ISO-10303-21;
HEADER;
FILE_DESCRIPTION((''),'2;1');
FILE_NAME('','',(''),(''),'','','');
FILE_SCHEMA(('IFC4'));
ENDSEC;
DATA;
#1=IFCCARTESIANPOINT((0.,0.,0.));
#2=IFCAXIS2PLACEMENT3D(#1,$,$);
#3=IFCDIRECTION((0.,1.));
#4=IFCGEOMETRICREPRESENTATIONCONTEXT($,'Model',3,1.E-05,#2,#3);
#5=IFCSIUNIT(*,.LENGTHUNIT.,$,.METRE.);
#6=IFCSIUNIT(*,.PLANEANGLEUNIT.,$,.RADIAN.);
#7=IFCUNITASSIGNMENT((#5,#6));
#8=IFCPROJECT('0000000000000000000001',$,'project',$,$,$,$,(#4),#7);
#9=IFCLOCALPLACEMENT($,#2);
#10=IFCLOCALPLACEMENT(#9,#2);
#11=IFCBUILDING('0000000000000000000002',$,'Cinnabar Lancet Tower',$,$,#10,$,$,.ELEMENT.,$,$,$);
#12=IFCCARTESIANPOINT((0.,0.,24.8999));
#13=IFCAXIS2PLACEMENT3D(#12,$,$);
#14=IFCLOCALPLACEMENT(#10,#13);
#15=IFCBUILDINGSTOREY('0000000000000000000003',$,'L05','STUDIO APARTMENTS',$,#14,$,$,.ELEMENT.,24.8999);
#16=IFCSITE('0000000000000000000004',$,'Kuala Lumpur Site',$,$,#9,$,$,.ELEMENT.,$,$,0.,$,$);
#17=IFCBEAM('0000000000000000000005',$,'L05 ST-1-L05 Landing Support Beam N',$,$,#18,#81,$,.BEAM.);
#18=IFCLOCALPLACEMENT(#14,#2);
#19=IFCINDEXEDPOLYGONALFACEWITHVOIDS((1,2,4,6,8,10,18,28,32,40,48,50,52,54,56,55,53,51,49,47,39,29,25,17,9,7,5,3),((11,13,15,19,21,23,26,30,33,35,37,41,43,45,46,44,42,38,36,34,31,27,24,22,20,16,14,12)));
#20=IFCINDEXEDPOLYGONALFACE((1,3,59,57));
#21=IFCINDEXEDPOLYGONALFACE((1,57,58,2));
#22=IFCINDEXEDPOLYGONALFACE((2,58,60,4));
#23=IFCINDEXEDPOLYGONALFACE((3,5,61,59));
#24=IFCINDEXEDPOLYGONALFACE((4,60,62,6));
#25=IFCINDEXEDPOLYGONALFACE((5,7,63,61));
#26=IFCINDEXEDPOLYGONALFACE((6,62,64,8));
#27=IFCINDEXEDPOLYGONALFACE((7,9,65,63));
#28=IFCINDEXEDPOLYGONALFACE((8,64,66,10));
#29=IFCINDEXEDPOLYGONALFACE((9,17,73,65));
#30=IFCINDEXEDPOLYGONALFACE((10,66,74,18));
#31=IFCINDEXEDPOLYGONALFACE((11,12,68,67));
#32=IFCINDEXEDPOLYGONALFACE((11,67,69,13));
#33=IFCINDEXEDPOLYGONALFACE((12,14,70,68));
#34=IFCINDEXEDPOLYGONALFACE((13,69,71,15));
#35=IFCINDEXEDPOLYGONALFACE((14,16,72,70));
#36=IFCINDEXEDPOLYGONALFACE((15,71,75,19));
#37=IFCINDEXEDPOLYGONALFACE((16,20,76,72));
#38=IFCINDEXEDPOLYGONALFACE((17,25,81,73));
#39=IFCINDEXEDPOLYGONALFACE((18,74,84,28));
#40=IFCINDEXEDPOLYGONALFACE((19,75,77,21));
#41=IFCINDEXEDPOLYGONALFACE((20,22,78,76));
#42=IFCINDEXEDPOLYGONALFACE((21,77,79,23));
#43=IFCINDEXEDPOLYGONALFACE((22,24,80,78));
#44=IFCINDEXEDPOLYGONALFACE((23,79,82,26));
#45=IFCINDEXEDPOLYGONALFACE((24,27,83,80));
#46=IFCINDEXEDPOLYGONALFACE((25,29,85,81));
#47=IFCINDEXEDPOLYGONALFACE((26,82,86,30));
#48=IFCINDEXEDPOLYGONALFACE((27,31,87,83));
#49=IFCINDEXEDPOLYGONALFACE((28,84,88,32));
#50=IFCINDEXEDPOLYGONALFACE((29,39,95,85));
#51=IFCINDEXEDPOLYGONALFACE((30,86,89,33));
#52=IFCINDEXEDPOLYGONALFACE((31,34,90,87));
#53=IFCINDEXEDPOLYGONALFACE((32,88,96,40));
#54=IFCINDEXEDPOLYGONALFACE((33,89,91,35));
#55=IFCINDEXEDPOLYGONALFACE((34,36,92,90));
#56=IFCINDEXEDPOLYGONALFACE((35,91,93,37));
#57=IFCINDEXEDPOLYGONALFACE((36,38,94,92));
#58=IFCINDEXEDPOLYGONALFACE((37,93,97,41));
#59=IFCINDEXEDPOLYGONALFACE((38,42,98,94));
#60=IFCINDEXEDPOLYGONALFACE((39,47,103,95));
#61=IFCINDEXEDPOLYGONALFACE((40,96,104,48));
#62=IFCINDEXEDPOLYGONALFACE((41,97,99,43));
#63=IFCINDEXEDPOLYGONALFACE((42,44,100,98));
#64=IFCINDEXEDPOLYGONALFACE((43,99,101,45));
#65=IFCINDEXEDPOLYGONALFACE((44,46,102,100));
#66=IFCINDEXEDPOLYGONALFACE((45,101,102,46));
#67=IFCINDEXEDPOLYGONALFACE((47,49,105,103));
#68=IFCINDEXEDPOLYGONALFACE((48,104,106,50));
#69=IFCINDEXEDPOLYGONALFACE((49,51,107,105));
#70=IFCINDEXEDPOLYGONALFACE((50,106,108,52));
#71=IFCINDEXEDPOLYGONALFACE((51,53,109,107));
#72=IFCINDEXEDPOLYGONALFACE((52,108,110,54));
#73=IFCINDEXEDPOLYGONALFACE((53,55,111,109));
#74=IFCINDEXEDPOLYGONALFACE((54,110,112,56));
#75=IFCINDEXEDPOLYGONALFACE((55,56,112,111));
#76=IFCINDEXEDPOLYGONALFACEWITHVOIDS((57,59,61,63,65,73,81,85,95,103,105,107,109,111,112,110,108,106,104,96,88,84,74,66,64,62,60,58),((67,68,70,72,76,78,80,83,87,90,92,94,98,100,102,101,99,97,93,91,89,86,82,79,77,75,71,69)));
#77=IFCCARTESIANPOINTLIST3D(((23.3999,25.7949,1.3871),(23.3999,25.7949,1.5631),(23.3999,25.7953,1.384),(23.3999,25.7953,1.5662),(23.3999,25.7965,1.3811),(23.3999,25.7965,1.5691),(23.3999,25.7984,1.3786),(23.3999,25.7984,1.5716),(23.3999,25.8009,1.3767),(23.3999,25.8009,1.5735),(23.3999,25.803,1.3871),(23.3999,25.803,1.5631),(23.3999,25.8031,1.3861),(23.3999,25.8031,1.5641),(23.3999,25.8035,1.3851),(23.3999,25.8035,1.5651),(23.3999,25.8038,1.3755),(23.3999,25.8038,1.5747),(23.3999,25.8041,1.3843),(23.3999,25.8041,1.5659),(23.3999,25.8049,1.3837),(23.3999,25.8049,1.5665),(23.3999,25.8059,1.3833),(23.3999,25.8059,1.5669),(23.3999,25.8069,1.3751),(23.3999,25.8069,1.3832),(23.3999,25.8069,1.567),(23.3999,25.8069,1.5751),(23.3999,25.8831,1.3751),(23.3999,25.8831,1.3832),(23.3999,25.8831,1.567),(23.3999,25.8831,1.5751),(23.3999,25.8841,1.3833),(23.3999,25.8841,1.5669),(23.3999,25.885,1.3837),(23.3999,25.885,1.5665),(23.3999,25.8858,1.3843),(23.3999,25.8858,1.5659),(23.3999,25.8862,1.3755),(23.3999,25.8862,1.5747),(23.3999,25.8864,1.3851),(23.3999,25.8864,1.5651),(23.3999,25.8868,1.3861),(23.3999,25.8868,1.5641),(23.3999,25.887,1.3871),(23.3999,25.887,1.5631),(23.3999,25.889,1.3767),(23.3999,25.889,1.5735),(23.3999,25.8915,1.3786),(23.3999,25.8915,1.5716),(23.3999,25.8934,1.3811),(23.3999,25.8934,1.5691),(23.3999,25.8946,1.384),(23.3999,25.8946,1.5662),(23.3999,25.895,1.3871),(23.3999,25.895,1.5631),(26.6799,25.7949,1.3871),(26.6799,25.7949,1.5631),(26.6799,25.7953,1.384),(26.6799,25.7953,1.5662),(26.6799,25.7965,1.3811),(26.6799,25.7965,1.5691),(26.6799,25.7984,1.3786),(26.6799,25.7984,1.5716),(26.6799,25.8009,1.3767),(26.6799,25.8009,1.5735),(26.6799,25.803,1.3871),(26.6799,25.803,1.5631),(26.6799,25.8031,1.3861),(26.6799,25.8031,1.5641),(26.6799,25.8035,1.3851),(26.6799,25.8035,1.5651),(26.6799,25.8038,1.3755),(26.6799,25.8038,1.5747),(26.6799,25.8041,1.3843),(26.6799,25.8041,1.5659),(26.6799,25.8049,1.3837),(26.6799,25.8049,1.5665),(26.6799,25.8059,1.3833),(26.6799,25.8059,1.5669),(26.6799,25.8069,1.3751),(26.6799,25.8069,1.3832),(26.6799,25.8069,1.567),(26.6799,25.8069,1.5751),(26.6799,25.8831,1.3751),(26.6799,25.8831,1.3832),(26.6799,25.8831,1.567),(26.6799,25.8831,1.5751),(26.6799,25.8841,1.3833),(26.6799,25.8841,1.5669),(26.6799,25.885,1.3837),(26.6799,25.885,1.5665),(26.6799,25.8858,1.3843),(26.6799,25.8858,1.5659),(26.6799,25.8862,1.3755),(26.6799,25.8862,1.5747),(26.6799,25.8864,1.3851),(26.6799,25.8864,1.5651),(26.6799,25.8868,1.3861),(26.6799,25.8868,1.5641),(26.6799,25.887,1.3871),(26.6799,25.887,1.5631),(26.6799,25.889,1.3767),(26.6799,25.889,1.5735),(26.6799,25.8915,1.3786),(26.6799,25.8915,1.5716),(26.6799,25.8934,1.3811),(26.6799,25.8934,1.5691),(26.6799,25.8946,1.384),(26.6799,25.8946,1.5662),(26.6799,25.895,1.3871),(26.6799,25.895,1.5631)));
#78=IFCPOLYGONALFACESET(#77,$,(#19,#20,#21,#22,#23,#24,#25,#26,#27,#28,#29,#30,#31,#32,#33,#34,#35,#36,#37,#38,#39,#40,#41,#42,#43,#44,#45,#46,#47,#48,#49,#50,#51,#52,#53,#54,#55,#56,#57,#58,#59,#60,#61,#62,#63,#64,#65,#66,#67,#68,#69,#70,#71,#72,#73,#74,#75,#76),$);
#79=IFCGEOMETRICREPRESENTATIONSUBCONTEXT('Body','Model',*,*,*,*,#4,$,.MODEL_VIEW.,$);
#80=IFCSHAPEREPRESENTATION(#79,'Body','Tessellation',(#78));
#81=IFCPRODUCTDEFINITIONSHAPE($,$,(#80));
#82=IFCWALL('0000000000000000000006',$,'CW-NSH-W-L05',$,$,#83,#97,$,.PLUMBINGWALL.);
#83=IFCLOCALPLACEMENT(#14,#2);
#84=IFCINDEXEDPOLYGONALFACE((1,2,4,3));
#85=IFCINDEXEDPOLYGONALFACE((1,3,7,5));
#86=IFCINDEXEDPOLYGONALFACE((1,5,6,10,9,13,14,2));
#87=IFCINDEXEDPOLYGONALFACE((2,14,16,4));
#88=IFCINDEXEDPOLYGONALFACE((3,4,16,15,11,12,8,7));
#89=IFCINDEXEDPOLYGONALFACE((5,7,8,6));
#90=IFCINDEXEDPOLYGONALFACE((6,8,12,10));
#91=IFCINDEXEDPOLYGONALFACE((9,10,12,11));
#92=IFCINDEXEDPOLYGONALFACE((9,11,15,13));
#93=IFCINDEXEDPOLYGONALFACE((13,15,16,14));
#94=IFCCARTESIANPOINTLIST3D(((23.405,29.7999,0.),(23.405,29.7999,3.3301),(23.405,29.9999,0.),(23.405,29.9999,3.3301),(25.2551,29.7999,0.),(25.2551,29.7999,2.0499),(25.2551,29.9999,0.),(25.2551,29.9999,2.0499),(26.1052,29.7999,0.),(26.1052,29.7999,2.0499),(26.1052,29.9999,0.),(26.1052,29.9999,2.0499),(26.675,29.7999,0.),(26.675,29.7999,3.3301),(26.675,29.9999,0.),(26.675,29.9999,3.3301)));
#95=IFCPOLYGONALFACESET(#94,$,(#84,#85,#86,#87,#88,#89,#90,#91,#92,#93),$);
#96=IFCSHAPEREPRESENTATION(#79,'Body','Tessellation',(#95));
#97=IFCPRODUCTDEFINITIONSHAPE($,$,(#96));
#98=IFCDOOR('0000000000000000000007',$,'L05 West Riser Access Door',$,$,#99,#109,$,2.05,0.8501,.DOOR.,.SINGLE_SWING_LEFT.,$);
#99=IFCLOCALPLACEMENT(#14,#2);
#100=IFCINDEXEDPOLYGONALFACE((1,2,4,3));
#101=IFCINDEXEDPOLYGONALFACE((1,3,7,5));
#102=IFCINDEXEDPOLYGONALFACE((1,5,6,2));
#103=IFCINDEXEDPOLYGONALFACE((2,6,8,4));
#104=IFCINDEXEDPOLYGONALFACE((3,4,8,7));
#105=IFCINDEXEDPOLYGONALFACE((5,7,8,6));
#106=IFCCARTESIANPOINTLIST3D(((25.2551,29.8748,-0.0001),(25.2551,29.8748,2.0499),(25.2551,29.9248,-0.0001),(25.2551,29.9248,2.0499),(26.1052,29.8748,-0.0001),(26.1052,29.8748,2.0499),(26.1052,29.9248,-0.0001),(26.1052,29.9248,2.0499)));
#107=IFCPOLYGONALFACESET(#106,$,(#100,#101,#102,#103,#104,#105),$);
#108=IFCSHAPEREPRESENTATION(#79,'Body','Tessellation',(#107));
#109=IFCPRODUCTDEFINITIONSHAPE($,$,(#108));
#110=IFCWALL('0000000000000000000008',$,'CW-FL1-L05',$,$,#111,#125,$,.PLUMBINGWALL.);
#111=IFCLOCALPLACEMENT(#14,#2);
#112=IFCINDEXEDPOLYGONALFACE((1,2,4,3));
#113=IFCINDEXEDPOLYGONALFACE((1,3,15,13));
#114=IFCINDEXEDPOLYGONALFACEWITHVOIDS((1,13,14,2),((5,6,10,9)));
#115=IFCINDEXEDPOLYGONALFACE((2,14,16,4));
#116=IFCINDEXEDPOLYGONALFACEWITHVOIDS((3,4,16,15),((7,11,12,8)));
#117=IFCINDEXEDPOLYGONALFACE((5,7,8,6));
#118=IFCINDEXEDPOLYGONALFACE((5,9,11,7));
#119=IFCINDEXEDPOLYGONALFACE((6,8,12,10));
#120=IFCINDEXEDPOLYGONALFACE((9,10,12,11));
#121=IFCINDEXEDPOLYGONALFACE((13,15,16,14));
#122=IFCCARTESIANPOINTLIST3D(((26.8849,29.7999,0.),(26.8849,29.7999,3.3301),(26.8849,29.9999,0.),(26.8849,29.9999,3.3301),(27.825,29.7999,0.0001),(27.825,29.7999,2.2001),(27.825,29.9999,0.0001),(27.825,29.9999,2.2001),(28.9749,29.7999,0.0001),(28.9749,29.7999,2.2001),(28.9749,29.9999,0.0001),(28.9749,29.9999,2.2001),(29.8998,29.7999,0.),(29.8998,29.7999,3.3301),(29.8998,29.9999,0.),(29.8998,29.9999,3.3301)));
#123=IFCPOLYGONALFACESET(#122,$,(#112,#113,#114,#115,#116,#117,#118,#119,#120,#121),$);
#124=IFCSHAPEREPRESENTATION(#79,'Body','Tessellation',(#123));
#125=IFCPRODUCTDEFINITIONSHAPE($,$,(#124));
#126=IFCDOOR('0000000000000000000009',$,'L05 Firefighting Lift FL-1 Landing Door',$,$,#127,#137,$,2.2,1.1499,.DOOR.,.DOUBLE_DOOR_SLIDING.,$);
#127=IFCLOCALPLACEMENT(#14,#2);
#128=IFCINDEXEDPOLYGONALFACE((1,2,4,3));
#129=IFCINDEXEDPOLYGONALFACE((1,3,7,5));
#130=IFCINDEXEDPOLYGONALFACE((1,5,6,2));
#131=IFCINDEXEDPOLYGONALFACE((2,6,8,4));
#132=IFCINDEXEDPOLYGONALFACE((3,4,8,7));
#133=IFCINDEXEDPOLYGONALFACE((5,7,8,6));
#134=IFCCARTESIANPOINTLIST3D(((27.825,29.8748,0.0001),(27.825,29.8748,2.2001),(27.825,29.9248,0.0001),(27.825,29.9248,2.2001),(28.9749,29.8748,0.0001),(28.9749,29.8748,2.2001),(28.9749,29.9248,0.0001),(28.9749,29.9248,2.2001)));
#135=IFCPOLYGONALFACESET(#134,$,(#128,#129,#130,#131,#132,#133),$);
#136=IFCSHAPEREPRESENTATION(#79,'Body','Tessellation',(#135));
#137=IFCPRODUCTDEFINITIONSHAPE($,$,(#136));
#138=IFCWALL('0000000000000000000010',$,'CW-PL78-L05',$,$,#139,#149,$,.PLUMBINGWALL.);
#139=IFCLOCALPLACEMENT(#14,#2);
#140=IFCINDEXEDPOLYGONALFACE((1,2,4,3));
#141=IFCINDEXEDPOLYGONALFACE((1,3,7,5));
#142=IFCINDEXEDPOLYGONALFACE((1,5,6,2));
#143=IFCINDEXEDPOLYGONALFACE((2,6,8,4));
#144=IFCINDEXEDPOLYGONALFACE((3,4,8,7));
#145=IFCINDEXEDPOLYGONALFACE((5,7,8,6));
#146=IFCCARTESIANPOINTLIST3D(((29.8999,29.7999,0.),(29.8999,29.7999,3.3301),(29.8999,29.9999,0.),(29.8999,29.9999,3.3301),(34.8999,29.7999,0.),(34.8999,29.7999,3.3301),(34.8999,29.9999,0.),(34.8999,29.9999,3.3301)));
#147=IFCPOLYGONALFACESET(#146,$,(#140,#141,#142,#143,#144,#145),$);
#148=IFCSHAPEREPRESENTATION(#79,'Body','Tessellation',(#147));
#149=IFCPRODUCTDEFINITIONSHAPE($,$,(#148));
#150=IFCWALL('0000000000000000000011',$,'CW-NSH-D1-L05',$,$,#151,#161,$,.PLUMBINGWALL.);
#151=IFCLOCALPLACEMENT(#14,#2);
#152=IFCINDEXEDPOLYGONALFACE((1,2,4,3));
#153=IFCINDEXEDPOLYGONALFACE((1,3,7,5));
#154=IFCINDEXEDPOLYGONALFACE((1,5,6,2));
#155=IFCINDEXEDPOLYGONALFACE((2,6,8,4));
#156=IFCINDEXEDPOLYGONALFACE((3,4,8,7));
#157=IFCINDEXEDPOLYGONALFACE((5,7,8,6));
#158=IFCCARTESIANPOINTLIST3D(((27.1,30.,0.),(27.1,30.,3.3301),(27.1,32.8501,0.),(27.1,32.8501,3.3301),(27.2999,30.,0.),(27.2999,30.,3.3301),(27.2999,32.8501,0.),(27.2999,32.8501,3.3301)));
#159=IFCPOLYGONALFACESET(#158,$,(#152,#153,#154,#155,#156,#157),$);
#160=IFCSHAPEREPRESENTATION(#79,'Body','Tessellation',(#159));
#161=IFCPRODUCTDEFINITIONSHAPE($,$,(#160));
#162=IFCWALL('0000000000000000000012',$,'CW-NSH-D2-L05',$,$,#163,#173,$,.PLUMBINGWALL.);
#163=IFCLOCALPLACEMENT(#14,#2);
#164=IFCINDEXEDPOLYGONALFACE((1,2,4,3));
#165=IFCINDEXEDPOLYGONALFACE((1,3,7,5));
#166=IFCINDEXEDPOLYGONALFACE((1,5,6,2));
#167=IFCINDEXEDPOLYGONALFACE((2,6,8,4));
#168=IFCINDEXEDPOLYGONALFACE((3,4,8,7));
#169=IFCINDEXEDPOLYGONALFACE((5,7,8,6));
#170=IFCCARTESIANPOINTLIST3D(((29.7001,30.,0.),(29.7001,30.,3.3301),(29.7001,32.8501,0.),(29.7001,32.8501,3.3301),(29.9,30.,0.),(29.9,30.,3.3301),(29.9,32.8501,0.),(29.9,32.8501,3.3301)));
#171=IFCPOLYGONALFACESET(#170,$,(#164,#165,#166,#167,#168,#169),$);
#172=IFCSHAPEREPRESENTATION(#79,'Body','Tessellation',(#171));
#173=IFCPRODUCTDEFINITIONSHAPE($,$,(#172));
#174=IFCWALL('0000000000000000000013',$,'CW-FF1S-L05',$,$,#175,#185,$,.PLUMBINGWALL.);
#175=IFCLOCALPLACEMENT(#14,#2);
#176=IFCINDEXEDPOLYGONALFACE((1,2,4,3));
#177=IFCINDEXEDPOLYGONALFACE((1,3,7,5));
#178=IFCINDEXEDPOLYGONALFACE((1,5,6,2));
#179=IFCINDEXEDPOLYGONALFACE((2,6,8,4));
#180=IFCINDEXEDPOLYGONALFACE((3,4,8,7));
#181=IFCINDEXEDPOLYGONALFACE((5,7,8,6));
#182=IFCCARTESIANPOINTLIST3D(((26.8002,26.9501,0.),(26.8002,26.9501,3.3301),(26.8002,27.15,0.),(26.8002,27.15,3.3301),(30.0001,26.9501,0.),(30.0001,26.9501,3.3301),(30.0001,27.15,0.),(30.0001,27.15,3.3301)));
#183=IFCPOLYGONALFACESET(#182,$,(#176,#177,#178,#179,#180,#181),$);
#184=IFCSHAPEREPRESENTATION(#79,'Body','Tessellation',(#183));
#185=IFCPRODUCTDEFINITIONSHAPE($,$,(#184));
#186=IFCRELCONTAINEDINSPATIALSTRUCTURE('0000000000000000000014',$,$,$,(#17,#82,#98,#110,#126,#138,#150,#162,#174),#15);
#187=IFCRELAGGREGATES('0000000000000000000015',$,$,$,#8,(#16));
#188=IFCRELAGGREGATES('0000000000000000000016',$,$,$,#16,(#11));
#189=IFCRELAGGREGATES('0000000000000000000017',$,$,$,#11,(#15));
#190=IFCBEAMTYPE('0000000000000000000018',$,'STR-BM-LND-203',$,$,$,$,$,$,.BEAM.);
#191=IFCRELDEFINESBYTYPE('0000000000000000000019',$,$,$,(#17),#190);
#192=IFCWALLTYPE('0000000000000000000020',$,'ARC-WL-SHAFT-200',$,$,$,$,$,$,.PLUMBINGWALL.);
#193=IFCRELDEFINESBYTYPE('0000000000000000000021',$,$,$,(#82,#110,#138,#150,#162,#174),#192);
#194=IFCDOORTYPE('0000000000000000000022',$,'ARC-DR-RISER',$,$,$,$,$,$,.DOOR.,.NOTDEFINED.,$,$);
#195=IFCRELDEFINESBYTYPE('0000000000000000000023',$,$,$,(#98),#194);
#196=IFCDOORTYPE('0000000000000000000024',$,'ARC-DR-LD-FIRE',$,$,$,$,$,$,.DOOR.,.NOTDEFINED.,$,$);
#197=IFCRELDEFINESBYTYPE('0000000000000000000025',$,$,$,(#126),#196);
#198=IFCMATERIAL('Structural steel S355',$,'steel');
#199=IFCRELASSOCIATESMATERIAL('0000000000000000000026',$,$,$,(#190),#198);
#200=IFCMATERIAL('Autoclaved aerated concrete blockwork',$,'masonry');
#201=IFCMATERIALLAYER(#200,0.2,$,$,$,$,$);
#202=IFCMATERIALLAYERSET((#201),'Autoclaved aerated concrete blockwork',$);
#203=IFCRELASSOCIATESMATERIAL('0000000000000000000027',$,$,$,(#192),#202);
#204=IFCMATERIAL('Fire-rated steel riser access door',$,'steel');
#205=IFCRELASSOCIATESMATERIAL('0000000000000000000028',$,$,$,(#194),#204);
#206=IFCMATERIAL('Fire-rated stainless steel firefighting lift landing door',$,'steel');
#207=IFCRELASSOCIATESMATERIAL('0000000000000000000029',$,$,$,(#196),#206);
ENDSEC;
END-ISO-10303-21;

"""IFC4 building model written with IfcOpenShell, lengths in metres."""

from ifc_helpers import new_model, si_unit, direction, frame, frame_2d, origin, origin_2d, place, context, subcontext, project, spatial, rectangle, hollow_rectangle, extrude, material, layer, layer_set, material_profile, profile_set, type_object, element, fill, save


model = new_model("IFC4")

# Units and contexts
model_context = context("Model", 3, precision=1e-05, world=origin(), true_north=direction((0.0, 1.0)))
body_context = subcontext(model_context, "Body", "Model", "MODEL_VIEW")
ifc_project = project(units=[si_unit("LENGTHUNIT", "METRE"), si_unit("PLANEANGLEUNIT", "RADIAN")], contexts=[model_context])

# Site, building, storey
site_placement = place(None, origin())
site = spatial("IfcSite", under=ifc_project, at=site_placement, Name="Kuala Lumpur Site", CompositionType="ELEMENT", RefElevation=0.0)
building_placement = place(site_placement, origin())
building = spatial("IfcBuilding", under=site, at=building_placement, Name="Cinnabar Lancet Tower", CompositionType="ELEMENT")
storey_placement = place(building_placement, frame((0.0, 0.0, 24.8999)))
storey = spatial("IfcBuildingStorey", under=building, at=storey_placement, Name="L05", Description="STUDIO APARTMENTS", CompositionType="ELEMENT", Elevation=24.8999)

# Beam
ifc_material_1 = material(Name="Structural steel S355", Category="steel")
ifc_material_profile = material_profile(ifc_material_1, hollow_rectangle(XDim=0.1001, YDim=0.2, WallThickness=0.0081, InnerFilletRadius=0.0039, OuterFilletRadius=0.012, at=origin_2d()), Name="RHS 200x100x8")
ifc_profile_set = profile_set([ifc_material_profile], Name="Structural steel S355")
beam_type = type_object("IfcBeamType", Name="STR-BM-LND-203", PredefinedType="BEAM", material=ifc_profile_set)
beam_placement = place(storey_placement, frame((23.3999, 25.845, 1.4751), z_axis=(1.0, 0.0, 0.0), x_axis=(0.0, 1.0, 0.0)))
element("IfcBeam", 1, at=beam_placement, inside=storey, type_object=beam_type, Name="L05 ST-1-L05 Landing Support Beam N", PredefinedType="BEAM", context=body_context, shape_type="SweptSolid", body=[
    extrude(hollow_rectangle(XDim=0.1001, YDim=0.2, WallThickness=0.0081, InnerFilletRadius=0.0039, OuterFilletRadius=0.012, at=origin_2d()), origin(), (0.0, 0.0, 1.0), 3.28),
])

# Walls, openings, doors
ifc_material_2 = material(Name="Autoclaved aerated concrete blockwork", Category="masonry")
ifc_layer_1 = layer(ifc_material_2, 0.2)
ifc_layer_set_1 = layer_set([ifc_layer_1], Name="Autoclaved aerated concrete blockwork")
wall_type_1 = type_object("IfcWallType", Name="ARC-WL-SHAFT-200", PredefinedType="PLUMBINGWALL", material=ifc_layer_set_1)
wall_1_placement = place(storey_placement, frame((23.405, 29.8999, 0.0), z_axis=(0.0, 0.0, 1.0), x_axis=(1.0, 0.0, 0.0)))
wall_1 = element("IfcWall", 2, at=wall_1_placement, inside=storey, type_object=wall_type_1, Name="CW-NSH-W-L05", PredefinedType="PLUMBINGWALL", context=body_context, shape_type="SweptSolid", body=[
    extrude(rectangle(XDim=3.27, YDim=0.2, at=frame_2d((1.635, 0.0))), origin(), (0.0, 0.0, 1.0), 3.3301),
])
opening_1_placement = place(wall_1_placement, frame((1.8501, 0.0, 0.0)))
opening_1 = element("IfcOpeningElement", 3, at=opening_1_placement, cuts=wall_1, PredefinedType="OPENING", context=body_context, shape_type="SweptSolid", body=[
    extrude(rectangle(XDim=0.8501, YDim=2.05, at=frame_2d((0.425, 1.0249))), frame((0.0, 0.1099, 0.0), z_axis=(0.0, -1.0, 0.0), x_axis=(1.0, 0.0, 0.0)), (0.0, 0.0, 1.0), 0.22),
])
ifc_material_3 = material(Name="Fire-rated steel riser access door", Category="steel")
door_type_1 = type_object("IfcDoorType", Name="ARC-DR-RISER", OperationType="NOTDEFINED", PredefinedType="DOOR", material=ifc_material_3)
door_1_placement = place(opening_1_placement, origin())
door_1 = element("IfcDoor", 4, at=door_1_placement, inside=storey, type_object=door_type_1, Name="L05 West Riser Access Door", OperationType="SINGLE_SWING_LEFT", OverallHeight=2.05, OverallWidth=0.8501, PredefinedType="DOOR", context=body_context, shape_type="SweptSolid", body=[
    extrude(rectangle(XDim=0.8501, YDim=2.05, at=frame_2d((0.425, 1.0249))), frame((0.0, 0.0249, 0.0), z_axis=(0.0, -1.0, 0.0), x_axis=(1.0, 0.0, 0.0)), (0.0, 0.0, 1.0), 0.05),
])
fill(opening_1, door_1)
wall_2_placement = place(storey_placement, frame((26.885, 29.8999, 0.0), z_axis=(0.0, 0.0, 1.0), x_axis=(1.0, 0.0, 0.0)))
wall_2 = element("IfcWall", 5, at=wall_2_placement, inside=storey, type_object=wall_type_1, Name="CW-FL1-L05", PredefinedType="PLUMBINGWALL", context=body_context, shape_type="SweptSolid", body=[
    extrude(rectangle(XDim=3.0149, YDim=0.2, at=frame_2d((1.5073, 0.0))), origin(), (0.0, 0.0, 1.0), 3.3301),
])
opening_2_placement = place(wall_2_placement, frame((0.9399, 0.0, 0.0)))
opening_2 = element("IfcOpeningElement", 6, at=opening_2_placement, cuts=wall_2, PredefinedType="OPENING", context=body_context, shape_type="SweptSolid", body=[
    extrude(rectangle(XDim=1.1499, YDim=2.2, at=frame_2d((0.575, 1.1001))), frame((0.0, 0.1099, 0.0), z_axis=(0.0, -1.0, 0.0), x_axis=(1.0, 0.0, 0.0)), (0.0, 0.0, 1.0), 0.22),
])
ifc_material_4 = material(Name="Fire-rated stainless steel firefighting lift landing door", Category="steel")
door_type_2 = type_object("IfcDoorType", Name="ARC-DR-LD-FIRE", OperationType="NOTDEFINED", PredefinedType="DOOR", material=ifc_material_4)
door_2_placement = place(opening_2_placement, origin())
door_2 = element("IfcDoor", 7, at=door_2_placement, inside=storey, type_object=door_type_2, Name="L05 Firefighting Lift FL-1 Landing Door", OperationType="DOUBLE_DOOR_SLIDING", OverallHeight=2.2, OverallWidth=1.1499, PredefinedType="DOOR", context=body_context, shape_type="SweptSolid", body=[
    extrude(rectangle(XDim=1.1499, YDim=2.2, at=frame_2d((0.575, 1.1001))), frame((0.0, 0.0249, 0.0), z_axis=(0.0, -1.0, 0.0), x_axis=(1.0, 0.0, 0.0)), (0.0, 0.0, 1.0), 0.05),
])
fill(opening_2, door_2)

# Walls
wall_3_placement = place(storey_placement, frame((29.8999, 29.8999, 0.0), z_axis=(0.0, 0.0, 1.0), x_axis=(1.0, 0.0, 0.0)))
element("IfcWall", 8, at=wall_3_placement, inside=storey, type_object=wall_type_1, Name="CW-PL78-L05", PredefinedType="PLUMBINGWALL", context=body_context, shape_type="SweptSolid", body=[
    extrude(rectangle(XDim=5.0, YDim=0.2, at=frame_2d((2.5, 0.0))), origin(), (0.0, 0.0, 1.0), 3.3301),
])
for number, where, z_axis, x_axis, name in (
    (9, (27.2, 30.0, 0.0), (0.0, 0.0, 1.0), (0.0, 1.0, 0.0), "CW-NSH-D1-L05"),
    (10, (29.8, 30.0, 0.0), (0.0, 0.0, 1.0), (0.0, 1.0, 0.0), "CW-NSH-D2-L05"),
):
    element("IfcWall", number, at=place(storey_placement, frame(where, z_axis=z_axis, x_axis=x_axis)), inside=storey, type_object=wall_type_1, Name=name, PredefinedType="PLUMBINGWALL", context=body_context, shape_type="SweptSolid", body=[
        extrude(rectangle(XDim=2.8501, YDim=0.2, at=frame_2d((1.425, 0.0))), origin(), (0.0, 0.0, 1.0), 3.3301),
    ])

# Wall
wall_4_placement = place(storey_placement, frame((26.8, 27.05, 0.0), z_axis=(0.0, 0.0, 1.0), x_axis=(1.0, 0.0, 0.0)))
element("IfcWall", 11, at=wall_4_placement, inside=storey, type_object=wall_type_1, Name="CW-FF1S-L05", PredefinedType="PLUMBINGWALL", context=body_context, shape_type="SweptSolid", body=[
    extrude(rectangle(XDim=3.2, YDim=0.2, at=frame_2d((1.6001, 0.0))), origin(), (0.0, 0.0, 1.0), 3.3301),
])

save(model, "model.ifc")
